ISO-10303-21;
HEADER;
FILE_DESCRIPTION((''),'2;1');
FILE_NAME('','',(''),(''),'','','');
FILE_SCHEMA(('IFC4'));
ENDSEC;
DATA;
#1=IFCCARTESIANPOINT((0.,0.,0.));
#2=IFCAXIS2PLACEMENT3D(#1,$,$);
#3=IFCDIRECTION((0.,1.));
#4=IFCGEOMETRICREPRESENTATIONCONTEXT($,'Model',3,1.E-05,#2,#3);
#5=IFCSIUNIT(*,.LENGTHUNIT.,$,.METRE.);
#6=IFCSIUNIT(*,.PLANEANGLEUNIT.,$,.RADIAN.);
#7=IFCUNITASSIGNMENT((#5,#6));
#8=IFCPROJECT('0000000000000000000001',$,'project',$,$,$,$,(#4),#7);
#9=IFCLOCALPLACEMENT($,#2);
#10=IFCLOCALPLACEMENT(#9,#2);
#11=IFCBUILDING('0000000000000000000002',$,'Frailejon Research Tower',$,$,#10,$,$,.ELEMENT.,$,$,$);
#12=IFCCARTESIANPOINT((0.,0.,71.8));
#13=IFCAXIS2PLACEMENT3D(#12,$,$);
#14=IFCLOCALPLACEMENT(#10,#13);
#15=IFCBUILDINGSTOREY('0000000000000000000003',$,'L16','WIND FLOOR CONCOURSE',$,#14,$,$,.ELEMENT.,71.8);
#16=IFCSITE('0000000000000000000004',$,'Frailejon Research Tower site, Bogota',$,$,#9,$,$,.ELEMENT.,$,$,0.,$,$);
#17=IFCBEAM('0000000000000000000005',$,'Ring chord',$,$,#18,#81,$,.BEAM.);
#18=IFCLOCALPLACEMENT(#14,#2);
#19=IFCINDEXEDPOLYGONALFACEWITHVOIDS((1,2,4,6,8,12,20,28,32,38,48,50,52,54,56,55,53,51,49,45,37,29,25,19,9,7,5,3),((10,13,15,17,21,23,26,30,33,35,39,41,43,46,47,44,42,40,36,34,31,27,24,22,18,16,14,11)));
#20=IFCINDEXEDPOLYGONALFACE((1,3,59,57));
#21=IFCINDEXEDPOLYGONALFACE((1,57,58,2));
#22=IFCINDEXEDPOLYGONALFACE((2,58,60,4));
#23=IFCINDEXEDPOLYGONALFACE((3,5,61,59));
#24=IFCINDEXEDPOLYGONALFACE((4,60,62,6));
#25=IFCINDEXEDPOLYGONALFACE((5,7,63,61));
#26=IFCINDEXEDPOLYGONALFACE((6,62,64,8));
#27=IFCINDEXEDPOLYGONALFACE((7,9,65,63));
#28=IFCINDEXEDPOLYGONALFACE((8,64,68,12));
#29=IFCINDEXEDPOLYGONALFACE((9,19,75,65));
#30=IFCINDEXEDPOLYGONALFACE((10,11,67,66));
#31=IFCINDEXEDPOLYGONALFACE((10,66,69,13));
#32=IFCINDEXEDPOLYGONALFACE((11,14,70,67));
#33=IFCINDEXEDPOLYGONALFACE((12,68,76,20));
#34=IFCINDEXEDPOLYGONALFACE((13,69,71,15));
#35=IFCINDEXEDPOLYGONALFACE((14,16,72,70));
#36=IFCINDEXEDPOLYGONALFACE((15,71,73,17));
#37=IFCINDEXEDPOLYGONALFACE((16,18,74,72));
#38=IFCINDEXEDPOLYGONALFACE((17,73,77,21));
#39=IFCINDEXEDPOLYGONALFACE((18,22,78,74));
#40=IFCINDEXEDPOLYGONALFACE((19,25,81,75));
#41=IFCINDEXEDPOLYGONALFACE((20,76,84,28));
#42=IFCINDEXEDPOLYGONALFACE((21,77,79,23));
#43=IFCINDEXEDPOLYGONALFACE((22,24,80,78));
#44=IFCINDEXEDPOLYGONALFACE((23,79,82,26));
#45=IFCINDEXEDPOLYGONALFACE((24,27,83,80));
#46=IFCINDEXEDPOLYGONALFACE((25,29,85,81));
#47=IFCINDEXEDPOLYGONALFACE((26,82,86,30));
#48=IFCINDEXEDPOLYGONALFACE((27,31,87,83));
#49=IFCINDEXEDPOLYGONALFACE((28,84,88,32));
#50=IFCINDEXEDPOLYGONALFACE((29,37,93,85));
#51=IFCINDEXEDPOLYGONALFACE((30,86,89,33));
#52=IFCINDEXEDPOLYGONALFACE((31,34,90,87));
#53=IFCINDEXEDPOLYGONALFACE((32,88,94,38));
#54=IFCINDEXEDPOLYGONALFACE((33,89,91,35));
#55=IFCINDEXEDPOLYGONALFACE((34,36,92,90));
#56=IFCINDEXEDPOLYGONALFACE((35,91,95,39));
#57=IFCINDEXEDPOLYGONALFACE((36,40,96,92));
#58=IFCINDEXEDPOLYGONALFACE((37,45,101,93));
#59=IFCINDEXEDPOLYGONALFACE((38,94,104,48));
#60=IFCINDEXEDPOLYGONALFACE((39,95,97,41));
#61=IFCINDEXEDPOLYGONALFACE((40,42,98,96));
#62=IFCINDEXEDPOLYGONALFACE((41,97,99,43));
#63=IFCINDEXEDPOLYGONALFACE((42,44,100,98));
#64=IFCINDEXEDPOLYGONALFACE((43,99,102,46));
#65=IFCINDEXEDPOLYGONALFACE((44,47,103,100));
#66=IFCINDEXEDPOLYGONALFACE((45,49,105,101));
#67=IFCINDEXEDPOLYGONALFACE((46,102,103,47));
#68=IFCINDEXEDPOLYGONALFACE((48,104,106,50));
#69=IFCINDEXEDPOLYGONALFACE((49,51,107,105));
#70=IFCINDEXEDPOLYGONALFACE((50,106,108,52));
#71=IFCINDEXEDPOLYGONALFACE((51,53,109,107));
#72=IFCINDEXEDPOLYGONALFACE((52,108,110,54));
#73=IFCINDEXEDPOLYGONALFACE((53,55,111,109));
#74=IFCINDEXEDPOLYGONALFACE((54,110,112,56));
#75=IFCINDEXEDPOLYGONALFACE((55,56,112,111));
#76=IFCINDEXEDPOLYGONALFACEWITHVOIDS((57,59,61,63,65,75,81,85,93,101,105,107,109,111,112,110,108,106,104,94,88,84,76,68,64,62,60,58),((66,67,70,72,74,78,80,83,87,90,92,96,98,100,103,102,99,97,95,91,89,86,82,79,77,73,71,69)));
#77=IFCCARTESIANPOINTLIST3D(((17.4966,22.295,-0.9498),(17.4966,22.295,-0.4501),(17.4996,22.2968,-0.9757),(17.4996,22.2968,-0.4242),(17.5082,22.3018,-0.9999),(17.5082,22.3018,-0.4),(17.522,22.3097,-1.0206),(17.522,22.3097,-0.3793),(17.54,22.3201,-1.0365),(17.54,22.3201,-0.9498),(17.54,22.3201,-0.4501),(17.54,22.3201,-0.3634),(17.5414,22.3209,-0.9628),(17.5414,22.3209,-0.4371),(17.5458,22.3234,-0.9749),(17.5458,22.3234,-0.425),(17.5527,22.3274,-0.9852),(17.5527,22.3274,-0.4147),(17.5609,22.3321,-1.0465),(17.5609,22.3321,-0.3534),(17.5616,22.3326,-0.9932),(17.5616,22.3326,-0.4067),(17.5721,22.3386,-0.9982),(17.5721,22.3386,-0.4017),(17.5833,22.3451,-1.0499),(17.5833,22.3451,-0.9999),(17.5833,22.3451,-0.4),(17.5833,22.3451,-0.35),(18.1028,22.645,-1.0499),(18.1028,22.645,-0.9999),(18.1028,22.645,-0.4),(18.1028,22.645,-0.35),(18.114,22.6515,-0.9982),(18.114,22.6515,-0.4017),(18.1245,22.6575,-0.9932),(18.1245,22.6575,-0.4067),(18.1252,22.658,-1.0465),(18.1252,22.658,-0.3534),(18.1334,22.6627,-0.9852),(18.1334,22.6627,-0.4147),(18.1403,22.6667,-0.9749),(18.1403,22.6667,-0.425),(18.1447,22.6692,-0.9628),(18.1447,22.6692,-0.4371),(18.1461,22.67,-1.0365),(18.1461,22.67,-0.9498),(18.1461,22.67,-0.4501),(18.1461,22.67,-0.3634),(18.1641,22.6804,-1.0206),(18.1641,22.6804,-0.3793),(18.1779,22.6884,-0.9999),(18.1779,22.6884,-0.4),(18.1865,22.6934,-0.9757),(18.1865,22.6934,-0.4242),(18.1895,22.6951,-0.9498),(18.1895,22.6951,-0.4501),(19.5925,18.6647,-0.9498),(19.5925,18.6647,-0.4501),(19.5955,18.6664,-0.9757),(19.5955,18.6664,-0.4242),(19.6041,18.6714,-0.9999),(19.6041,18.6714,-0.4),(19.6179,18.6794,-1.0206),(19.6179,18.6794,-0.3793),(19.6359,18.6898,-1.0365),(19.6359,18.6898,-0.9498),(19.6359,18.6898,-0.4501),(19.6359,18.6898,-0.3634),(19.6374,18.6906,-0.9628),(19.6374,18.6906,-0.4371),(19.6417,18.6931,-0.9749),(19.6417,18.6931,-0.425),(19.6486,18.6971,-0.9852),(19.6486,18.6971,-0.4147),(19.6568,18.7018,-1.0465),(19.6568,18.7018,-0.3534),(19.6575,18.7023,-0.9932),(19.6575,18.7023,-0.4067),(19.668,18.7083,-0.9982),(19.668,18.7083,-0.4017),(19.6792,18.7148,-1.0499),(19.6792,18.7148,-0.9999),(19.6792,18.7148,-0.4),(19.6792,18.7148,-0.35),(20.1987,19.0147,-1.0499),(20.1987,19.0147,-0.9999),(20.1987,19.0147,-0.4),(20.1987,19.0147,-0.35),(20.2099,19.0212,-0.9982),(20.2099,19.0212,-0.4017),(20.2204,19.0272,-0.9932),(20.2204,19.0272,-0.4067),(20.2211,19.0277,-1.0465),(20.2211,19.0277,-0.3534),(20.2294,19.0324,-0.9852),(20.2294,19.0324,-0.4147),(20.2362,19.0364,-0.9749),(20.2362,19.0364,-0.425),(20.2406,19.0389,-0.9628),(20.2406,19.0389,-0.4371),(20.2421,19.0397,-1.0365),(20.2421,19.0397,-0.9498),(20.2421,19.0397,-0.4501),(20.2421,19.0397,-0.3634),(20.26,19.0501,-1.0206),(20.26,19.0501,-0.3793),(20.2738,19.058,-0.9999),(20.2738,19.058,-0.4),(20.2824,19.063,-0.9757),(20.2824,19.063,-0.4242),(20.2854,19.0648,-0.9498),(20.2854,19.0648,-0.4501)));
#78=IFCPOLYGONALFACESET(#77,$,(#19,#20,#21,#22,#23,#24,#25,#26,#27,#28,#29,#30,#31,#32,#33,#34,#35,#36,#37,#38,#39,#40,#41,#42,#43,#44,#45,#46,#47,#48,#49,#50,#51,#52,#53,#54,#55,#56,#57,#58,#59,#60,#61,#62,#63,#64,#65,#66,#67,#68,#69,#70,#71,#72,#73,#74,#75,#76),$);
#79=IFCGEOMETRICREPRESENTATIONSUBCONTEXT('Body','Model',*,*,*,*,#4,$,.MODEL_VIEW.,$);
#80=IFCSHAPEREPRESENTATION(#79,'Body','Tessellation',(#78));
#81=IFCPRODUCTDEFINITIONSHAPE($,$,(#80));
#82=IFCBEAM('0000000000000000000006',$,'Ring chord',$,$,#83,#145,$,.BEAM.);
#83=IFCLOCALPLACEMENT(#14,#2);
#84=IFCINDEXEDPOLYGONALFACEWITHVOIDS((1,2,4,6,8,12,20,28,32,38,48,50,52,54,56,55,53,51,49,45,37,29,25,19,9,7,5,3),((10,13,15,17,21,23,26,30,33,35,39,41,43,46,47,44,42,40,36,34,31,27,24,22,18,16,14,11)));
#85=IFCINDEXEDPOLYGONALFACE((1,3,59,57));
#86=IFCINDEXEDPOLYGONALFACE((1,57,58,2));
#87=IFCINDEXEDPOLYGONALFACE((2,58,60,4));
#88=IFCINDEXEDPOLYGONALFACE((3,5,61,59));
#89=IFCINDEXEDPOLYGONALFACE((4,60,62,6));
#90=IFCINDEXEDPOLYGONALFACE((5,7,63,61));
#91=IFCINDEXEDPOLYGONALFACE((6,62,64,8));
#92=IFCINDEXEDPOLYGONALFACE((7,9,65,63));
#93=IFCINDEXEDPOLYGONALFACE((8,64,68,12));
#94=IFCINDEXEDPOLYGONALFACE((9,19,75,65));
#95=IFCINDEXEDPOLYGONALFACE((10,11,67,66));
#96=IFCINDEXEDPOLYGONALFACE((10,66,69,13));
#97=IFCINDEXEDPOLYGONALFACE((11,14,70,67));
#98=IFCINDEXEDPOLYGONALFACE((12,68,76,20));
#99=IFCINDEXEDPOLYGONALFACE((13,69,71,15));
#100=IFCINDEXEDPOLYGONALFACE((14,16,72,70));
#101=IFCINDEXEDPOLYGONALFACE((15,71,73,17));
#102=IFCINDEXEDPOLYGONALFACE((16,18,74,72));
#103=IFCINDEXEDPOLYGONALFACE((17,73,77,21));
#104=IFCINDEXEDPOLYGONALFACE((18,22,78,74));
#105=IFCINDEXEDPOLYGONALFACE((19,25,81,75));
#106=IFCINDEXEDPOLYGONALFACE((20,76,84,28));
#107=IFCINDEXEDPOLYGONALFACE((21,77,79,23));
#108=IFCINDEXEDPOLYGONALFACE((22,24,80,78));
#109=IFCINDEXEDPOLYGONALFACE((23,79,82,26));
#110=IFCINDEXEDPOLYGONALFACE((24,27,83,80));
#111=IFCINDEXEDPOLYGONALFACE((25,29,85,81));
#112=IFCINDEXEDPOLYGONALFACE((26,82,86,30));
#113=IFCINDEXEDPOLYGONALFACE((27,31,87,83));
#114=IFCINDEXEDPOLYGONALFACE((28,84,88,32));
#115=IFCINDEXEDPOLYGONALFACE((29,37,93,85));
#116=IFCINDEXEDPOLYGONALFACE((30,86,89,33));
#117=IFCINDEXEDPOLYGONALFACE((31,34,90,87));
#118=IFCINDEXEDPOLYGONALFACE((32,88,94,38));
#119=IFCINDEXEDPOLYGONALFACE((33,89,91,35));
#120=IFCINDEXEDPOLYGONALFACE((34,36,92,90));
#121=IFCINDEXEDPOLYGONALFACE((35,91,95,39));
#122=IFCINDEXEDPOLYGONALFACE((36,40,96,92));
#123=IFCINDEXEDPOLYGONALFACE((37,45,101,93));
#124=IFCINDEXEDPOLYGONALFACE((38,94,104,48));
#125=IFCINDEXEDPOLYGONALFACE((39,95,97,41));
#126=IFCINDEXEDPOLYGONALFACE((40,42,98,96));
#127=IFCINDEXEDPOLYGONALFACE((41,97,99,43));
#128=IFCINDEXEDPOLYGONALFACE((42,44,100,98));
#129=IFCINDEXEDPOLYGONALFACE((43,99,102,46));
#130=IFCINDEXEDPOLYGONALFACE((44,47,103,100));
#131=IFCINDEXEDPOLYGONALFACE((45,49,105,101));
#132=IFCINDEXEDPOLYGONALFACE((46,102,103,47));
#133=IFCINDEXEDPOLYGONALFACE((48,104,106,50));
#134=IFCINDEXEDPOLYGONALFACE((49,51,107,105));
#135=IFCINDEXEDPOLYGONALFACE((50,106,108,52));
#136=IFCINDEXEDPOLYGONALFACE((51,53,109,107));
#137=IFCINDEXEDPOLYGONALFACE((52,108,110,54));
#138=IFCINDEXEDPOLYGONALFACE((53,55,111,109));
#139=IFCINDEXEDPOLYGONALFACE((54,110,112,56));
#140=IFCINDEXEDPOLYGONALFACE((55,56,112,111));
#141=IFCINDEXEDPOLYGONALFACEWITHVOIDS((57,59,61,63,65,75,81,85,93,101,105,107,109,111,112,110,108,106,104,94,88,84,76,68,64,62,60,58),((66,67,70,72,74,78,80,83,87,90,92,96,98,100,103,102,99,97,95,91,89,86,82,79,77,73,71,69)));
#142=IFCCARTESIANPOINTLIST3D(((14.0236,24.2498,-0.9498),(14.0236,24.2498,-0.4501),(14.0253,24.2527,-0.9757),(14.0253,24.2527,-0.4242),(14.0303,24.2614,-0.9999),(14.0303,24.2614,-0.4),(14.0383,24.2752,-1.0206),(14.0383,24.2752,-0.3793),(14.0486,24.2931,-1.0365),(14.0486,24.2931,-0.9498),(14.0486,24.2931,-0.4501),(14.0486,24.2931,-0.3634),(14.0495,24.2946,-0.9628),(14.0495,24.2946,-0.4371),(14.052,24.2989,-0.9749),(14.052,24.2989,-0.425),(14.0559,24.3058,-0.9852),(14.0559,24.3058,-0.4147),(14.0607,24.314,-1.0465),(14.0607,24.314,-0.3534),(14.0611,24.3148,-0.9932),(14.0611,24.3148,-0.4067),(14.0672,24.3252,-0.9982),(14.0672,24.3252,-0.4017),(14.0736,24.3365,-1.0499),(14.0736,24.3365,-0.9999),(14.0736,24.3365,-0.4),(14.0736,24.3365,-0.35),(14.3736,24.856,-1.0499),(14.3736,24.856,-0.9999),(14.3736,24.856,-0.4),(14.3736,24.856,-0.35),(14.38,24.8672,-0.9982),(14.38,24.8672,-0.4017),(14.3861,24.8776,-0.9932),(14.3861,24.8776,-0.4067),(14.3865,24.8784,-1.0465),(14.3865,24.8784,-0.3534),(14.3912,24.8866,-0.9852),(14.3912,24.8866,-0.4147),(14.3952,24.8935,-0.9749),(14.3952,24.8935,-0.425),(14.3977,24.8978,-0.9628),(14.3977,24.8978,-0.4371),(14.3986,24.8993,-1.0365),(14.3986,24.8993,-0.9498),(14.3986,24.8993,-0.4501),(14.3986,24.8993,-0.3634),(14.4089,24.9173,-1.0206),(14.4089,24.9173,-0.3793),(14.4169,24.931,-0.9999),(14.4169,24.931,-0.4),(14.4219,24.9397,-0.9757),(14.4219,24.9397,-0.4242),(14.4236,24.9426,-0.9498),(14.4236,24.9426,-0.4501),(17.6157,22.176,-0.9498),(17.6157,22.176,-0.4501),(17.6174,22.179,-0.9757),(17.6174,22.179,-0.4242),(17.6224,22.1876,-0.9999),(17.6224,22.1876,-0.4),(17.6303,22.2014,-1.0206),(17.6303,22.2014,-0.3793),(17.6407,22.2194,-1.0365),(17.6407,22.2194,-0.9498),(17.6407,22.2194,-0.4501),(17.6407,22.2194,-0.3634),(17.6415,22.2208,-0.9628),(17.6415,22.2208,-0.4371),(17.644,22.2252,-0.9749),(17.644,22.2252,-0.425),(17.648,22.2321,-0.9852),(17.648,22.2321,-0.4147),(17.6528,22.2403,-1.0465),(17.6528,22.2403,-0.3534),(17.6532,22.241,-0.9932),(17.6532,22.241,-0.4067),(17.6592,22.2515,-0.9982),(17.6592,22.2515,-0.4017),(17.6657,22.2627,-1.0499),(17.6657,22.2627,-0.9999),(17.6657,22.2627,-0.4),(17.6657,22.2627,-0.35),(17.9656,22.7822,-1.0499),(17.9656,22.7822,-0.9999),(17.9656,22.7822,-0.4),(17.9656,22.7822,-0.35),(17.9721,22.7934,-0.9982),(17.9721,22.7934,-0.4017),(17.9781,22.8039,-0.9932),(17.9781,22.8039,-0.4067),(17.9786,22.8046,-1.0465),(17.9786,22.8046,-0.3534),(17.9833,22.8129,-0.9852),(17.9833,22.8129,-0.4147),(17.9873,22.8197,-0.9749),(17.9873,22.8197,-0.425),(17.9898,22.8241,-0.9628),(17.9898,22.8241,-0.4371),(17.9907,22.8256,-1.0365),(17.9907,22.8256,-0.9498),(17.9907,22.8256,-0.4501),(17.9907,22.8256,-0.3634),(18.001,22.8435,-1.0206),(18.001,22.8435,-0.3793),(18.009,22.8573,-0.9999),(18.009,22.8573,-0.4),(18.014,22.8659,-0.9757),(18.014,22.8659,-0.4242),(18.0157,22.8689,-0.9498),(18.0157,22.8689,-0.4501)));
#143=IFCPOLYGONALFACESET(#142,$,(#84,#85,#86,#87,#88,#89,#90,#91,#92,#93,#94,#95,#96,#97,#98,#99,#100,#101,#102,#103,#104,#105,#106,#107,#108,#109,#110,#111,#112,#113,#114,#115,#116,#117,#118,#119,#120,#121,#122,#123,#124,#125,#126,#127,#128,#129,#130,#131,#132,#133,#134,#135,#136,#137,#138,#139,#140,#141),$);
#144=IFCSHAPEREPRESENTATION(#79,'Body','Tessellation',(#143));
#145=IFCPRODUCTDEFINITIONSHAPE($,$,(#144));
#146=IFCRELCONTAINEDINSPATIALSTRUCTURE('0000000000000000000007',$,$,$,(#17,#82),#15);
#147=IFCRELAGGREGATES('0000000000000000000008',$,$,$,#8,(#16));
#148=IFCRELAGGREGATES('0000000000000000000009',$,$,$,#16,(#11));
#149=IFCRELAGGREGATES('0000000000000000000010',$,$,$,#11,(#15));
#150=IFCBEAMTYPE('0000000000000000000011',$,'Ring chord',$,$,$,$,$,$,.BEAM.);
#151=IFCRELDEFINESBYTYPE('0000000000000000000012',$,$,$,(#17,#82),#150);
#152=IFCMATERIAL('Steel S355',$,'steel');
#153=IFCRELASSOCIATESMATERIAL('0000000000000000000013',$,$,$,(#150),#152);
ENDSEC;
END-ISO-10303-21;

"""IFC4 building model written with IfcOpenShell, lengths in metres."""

from ifc_helpers import new_model, si_unit, direction, frame, origin, origin_2d, place, context, subcontext, project, spatial, hollow_rectangle, extrude, material, material_profile, profile_set, type_object, element, save


model = new_model("IFC4")

# Units and contexts
model_context = context("Model", 3, precision=1e-05, world=origin(), true_north=direction((0.0, 1.0)))
body_context = subcontext(model_context, "Body", "Model", "MODEL_VIEW")
ifc_project = project(units=[si_unit("LENGTHUNIT", "METRE"), si_unit("PLANEANGLEUNIT", "RADIAN")], contexts=[model_context])

# Site, building, storey
site_placement = place(None, origin())
site = spatial("IfcSite", under=ifc_project, at=site_placement, Name="Frailejon Research Tower site, Bogota", CompositionType="ELEMENT", RefElevation=0.0)
building_placement = place(site_placement, origin())
building = spatial("IfcBuilding", under=site, at=building_placement, Name="Frailejon Research Tower", CompositionType="ELEMENT")
storey_placement = place(building_placement, frame((0.0, 0.0, 71.8)))
storey = spatial("IfcBuildingStorey", under=building, at=storey_placement, Name="L16", Description="WIND FLOOR CONCOURSE", CompositionType="ELEMENT", Elevation=71.8)

# Beams
ifc_material_1 = material(Name="Steel S355", Category="steel")
ifc_material_profile_1 = material_profile(ifc_material_1, hollow_rectangle(XDim=0.8, YDim=0.7, WallThickness=0.05, InnerFilletRadius=0.05, OuterFilletRadius=0.1001, at=origin_2d()), Name="Ring chord")
ifc_profile_set_1 = profile_set([ifc_material_profile_1], Name="Steel S355")
beam_type_1 = type_object("IfcBeamType", Name="Ring chord", PredefinedType="BEAM", material=ifc_profile_set_1)
for number, where, z_axis, x_axis, name in (
    (1, (19.939, 18.8647, -0.7), (-0.499991, 0.86603, 0.0), (-0.86603, -0.499991, 0.0), "Ring chord"),
):
    element("IfcBeam", number, at=place(storey_placement, frame(where, z_axis=z_axis, x_axis=x_axis)), inside=storey, type_object=beam_type_1, Name=name, PredefinedType="BEAM", context=body_context, shape_type="SweptSolid", body=[
        extrude(hollow_rectangle(XDim=0.8, YDim=0.7, WallThickness=0.05, InnerFilletRadius=0.05, OuterFilletRadius=0.1001, at=origin_2d()), origin(), (0.0, 0.0, 1.0), 4.1919),
    ])
for number, where, z_axis, x_axis, name in (
    (2, (17.8157, 22.5225, -0.7), (-0.86604, 0.499976, 0.0), (-0.499976, -0.86604, 0.0), "Ring chord"),
):
    element("IfcBeam", number, at=place(storey_placement, frame(where, z_axis=z_axis, x_axis=x_axis)), inside=storey, type_object=beam_type_1, Name=name, PredefinedType="BEAM", context=body_context, shape_type="SweptSolid", body=[
        extrude(hollow_rectangle(XDim=0.8, YDim=0.7, WallThickness=0.05, InnerFilletRadius=0.05, OuterFilletRadius=0.1001, at=origin_2d()), origin(), (0.0, 0.0, 1.0), 4.1477),
    ])

save(model, "model.ifc")
